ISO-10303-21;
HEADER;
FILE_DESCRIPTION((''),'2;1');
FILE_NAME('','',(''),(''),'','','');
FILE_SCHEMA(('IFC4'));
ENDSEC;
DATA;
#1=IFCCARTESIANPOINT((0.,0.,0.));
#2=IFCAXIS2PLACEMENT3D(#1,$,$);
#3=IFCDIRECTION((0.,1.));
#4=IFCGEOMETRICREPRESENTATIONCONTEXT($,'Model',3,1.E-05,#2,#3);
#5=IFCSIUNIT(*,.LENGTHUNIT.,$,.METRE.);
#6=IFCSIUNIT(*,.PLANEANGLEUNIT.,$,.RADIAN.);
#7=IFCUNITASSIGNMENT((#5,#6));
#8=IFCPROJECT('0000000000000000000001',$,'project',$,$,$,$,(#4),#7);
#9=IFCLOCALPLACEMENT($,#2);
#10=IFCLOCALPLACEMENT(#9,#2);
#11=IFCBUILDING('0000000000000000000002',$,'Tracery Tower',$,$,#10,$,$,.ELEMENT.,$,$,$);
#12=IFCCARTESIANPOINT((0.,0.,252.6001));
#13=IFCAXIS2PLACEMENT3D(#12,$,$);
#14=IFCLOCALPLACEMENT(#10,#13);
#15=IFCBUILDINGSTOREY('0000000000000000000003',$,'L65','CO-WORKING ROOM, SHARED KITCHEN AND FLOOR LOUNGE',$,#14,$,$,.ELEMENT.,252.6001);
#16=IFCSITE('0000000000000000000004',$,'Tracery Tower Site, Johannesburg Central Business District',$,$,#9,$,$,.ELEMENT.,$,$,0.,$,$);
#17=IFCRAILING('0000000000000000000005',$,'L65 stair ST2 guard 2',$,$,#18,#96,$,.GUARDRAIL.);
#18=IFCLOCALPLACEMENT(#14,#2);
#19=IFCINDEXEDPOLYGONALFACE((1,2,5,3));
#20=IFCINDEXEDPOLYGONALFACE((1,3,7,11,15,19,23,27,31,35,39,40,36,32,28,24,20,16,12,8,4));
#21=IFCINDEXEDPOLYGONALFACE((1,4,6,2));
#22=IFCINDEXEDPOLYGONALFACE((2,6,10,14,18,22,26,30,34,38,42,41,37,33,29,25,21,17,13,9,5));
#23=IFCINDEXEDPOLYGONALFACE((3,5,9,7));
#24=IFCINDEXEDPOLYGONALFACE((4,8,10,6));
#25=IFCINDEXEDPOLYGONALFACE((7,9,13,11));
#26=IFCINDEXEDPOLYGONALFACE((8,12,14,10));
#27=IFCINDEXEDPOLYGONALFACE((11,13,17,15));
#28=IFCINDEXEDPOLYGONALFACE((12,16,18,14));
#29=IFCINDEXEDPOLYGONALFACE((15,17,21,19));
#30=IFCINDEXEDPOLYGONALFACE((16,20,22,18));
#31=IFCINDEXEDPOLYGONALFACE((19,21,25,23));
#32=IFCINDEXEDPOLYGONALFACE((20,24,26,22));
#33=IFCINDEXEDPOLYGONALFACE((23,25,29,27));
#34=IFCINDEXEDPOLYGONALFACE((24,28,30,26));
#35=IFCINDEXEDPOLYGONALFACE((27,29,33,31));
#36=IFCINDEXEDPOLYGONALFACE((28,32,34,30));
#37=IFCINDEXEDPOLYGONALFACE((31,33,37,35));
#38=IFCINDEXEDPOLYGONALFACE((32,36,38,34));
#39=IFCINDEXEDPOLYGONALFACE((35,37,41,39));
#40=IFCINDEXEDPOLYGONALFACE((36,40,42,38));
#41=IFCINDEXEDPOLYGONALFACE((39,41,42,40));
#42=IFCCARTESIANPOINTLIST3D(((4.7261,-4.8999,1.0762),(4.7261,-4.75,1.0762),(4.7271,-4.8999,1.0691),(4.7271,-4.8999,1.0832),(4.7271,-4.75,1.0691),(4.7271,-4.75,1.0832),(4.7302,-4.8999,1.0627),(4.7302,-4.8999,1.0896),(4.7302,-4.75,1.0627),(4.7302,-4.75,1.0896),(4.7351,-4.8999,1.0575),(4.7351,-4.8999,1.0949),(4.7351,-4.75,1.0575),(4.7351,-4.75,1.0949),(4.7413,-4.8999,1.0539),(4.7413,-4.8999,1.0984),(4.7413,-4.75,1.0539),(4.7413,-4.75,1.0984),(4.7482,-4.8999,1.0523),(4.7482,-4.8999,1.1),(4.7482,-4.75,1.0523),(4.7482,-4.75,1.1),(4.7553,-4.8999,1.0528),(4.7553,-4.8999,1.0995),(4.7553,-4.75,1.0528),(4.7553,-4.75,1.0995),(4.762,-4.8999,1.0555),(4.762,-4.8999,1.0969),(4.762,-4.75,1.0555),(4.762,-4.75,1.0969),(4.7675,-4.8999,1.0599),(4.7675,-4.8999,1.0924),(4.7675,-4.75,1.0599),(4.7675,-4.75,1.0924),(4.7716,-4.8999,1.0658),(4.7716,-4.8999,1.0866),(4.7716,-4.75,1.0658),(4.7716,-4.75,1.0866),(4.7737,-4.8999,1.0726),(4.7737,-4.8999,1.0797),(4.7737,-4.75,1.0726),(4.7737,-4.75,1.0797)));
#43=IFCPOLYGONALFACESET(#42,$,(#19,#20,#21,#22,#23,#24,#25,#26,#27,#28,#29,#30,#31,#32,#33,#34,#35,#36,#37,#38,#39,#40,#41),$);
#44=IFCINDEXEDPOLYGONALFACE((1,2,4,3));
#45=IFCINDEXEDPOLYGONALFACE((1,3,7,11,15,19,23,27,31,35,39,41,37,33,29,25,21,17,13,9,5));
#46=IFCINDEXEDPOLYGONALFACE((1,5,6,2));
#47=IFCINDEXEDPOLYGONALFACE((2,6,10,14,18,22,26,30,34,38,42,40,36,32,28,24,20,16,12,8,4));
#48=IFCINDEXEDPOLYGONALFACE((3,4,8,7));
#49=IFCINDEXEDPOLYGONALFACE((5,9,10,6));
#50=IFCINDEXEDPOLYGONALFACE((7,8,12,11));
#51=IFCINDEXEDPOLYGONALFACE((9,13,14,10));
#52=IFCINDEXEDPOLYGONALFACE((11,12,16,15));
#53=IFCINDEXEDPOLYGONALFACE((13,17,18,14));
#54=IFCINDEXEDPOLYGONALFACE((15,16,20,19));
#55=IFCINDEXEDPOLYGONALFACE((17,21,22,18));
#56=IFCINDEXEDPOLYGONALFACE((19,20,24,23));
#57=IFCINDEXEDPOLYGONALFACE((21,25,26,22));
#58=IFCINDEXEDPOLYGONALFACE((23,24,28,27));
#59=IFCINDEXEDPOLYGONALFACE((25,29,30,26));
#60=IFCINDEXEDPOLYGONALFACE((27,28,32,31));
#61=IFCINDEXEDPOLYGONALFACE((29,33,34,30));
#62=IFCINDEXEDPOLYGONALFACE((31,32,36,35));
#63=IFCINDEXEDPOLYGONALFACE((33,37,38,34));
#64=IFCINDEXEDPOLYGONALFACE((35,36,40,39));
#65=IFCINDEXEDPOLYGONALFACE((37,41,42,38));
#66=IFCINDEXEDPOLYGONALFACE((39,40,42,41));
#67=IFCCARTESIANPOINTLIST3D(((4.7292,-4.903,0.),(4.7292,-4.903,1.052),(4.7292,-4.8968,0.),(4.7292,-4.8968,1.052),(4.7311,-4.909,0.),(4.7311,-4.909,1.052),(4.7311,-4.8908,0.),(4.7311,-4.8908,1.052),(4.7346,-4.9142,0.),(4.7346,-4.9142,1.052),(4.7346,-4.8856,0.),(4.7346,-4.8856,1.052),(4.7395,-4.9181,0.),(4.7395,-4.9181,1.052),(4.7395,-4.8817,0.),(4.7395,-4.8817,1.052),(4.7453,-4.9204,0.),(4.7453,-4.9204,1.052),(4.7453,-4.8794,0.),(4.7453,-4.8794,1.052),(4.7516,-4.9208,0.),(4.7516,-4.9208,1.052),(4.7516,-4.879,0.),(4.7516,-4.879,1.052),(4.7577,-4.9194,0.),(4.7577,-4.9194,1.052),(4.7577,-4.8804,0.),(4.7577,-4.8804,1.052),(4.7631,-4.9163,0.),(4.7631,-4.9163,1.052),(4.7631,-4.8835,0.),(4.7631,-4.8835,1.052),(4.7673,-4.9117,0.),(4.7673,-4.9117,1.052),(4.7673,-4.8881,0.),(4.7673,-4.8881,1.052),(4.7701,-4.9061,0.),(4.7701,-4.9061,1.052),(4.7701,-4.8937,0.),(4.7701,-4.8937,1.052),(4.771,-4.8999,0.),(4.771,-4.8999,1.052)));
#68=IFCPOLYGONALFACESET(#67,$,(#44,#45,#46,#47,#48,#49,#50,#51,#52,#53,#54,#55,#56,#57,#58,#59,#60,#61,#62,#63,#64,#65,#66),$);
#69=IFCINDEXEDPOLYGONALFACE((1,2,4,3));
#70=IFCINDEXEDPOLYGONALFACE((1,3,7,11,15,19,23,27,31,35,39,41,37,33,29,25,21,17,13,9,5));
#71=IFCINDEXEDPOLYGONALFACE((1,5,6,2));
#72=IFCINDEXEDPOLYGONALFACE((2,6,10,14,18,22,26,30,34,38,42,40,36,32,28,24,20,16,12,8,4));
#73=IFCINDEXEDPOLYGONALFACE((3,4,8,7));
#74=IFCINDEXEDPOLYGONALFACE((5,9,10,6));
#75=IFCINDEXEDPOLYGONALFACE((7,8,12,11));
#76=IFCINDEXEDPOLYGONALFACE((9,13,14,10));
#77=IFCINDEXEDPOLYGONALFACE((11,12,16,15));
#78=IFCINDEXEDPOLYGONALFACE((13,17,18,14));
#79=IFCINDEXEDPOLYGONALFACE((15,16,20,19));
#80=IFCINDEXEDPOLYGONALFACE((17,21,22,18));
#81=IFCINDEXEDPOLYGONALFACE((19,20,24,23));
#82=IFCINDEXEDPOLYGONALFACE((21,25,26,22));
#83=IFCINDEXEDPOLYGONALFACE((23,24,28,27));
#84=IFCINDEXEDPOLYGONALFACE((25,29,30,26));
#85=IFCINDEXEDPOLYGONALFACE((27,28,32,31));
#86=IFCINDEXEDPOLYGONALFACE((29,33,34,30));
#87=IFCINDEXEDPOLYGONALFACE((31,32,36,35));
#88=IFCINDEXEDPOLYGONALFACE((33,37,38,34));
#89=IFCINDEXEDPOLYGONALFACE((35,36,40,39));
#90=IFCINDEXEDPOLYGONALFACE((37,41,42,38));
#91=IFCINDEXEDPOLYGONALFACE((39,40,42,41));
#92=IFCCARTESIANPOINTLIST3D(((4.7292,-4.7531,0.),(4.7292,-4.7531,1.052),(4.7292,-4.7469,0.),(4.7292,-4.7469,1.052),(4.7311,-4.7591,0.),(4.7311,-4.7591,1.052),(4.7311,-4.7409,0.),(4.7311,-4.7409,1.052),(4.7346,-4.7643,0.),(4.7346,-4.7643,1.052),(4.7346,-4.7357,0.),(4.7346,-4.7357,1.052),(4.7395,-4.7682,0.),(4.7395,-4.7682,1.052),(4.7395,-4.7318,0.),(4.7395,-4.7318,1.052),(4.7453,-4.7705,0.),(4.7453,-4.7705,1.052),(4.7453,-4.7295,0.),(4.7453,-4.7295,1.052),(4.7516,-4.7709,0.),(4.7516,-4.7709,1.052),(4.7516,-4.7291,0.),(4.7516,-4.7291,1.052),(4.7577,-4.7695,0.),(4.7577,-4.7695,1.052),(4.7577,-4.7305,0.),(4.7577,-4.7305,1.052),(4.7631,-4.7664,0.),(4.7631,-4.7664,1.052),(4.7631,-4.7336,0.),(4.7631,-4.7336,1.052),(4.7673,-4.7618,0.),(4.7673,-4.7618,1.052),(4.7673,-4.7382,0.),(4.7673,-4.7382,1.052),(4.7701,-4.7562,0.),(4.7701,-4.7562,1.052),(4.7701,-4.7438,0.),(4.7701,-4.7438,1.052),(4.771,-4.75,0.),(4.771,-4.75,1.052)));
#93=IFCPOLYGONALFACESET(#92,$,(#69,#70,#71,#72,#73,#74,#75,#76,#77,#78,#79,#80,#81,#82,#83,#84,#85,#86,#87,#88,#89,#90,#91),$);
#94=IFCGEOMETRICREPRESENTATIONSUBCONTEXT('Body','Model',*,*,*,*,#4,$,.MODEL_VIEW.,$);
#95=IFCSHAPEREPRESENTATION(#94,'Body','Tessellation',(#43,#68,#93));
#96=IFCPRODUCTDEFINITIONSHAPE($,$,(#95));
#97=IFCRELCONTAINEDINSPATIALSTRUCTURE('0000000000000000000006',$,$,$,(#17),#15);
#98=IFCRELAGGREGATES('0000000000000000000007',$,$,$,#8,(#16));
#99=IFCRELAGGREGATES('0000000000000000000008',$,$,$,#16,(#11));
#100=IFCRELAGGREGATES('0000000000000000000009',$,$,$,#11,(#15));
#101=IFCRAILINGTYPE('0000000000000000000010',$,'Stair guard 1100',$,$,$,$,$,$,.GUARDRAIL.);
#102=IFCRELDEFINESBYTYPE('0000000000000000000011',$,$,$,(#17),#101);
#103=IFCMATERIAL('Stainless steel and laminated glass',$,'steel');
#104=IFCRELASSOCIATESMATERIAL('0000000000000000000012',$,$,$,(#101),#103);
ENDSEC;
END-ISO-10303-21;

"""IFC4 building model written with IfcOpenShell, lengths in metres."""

from ifc_helpers import new_model, si_unit, direction, frame, origin, origin_2d, place, context, subcontext, project, spatial, circle, extrude, material, type_object, element, save


model = new_model("IFC4")

# Units and contexts
model_context = context("Model", 3, precision=1e-05, world=origin(), true_north=direction((0.0, 1.0)))
body_context = subcontext(model_context, "Body", "Model", "MODEL_VIEW")
ifc_project = project(units=[si_unit("LENGTHUNIT", "METRE"), si_unit("PLANEANGLEUNIT", "RADIAN")], contexts=[model_context])

# Site, building, storey
site_placement = place(None, origin())
site = spatial("IfcSite", under=ifc_project, at=site_placement, Name="Tracery Tower Site, Johannesburg Central Business District", CompositionType="ELEMENT", RefElevation=0.0)
building_placement = place(site_placement, origin())
building = spatial("IfcBuilding", under=site, at=building_placement, Name="Tracery Tower", CompositionType="ELEMENT")
storey_placement = place(building_placement, frame((0.0, 0.0, 252.6001)))
storey = spatial("IfcBuildingStorey", under=building, at=storey_placement, Name="L65", Description="CO-WORKING ROOM, SHARED KITCHEN AND FLOOR LOUNGE", CompositionType="ELEMENT", Elevation=252.6001)

# Railing
ifc_material_1 = material(Name="Stainless steel and laminated glass", Category="steel")
railing_type_1 = type_object("IfcRailingType", Name="Stair guard 1100", PredefinedType="GUARDRAIL", material=ifc_material_1)
railing_1_placement = place(storey_placement, frame((4.75, -4.8999, 0.0)))
element("IfcRailing", 1, at=railing_1_placement, inside=storey, type_object=railing_type_1, Name="L65 stair ST2 guard 2", PredefinedType="GUARDRAIL", context=body_context, shape_type="SweptSolid", body=[
    extrude(circle(Radius=0.0239, at=origin_2d()), frame((0.0, 0.0, 1.0762), z_axis=(0.0, 1.0, 0.0), x_axis=(-1.0, 0.0, 0.0)), (0.0, 0.0, 1.0), 0.1499),
    extrude(circle(Radius=0.021, at=origin_2d()), origin(), (0.0, 0.0, 1.0), 1.052),
    extrude(circle(Radius=0.021, at=origin_2d()), frame((0.0, 0.1499, 0.0)), (0.0, 0.0, 1.0), 1.052),
])

save(model, "model.ifc")
